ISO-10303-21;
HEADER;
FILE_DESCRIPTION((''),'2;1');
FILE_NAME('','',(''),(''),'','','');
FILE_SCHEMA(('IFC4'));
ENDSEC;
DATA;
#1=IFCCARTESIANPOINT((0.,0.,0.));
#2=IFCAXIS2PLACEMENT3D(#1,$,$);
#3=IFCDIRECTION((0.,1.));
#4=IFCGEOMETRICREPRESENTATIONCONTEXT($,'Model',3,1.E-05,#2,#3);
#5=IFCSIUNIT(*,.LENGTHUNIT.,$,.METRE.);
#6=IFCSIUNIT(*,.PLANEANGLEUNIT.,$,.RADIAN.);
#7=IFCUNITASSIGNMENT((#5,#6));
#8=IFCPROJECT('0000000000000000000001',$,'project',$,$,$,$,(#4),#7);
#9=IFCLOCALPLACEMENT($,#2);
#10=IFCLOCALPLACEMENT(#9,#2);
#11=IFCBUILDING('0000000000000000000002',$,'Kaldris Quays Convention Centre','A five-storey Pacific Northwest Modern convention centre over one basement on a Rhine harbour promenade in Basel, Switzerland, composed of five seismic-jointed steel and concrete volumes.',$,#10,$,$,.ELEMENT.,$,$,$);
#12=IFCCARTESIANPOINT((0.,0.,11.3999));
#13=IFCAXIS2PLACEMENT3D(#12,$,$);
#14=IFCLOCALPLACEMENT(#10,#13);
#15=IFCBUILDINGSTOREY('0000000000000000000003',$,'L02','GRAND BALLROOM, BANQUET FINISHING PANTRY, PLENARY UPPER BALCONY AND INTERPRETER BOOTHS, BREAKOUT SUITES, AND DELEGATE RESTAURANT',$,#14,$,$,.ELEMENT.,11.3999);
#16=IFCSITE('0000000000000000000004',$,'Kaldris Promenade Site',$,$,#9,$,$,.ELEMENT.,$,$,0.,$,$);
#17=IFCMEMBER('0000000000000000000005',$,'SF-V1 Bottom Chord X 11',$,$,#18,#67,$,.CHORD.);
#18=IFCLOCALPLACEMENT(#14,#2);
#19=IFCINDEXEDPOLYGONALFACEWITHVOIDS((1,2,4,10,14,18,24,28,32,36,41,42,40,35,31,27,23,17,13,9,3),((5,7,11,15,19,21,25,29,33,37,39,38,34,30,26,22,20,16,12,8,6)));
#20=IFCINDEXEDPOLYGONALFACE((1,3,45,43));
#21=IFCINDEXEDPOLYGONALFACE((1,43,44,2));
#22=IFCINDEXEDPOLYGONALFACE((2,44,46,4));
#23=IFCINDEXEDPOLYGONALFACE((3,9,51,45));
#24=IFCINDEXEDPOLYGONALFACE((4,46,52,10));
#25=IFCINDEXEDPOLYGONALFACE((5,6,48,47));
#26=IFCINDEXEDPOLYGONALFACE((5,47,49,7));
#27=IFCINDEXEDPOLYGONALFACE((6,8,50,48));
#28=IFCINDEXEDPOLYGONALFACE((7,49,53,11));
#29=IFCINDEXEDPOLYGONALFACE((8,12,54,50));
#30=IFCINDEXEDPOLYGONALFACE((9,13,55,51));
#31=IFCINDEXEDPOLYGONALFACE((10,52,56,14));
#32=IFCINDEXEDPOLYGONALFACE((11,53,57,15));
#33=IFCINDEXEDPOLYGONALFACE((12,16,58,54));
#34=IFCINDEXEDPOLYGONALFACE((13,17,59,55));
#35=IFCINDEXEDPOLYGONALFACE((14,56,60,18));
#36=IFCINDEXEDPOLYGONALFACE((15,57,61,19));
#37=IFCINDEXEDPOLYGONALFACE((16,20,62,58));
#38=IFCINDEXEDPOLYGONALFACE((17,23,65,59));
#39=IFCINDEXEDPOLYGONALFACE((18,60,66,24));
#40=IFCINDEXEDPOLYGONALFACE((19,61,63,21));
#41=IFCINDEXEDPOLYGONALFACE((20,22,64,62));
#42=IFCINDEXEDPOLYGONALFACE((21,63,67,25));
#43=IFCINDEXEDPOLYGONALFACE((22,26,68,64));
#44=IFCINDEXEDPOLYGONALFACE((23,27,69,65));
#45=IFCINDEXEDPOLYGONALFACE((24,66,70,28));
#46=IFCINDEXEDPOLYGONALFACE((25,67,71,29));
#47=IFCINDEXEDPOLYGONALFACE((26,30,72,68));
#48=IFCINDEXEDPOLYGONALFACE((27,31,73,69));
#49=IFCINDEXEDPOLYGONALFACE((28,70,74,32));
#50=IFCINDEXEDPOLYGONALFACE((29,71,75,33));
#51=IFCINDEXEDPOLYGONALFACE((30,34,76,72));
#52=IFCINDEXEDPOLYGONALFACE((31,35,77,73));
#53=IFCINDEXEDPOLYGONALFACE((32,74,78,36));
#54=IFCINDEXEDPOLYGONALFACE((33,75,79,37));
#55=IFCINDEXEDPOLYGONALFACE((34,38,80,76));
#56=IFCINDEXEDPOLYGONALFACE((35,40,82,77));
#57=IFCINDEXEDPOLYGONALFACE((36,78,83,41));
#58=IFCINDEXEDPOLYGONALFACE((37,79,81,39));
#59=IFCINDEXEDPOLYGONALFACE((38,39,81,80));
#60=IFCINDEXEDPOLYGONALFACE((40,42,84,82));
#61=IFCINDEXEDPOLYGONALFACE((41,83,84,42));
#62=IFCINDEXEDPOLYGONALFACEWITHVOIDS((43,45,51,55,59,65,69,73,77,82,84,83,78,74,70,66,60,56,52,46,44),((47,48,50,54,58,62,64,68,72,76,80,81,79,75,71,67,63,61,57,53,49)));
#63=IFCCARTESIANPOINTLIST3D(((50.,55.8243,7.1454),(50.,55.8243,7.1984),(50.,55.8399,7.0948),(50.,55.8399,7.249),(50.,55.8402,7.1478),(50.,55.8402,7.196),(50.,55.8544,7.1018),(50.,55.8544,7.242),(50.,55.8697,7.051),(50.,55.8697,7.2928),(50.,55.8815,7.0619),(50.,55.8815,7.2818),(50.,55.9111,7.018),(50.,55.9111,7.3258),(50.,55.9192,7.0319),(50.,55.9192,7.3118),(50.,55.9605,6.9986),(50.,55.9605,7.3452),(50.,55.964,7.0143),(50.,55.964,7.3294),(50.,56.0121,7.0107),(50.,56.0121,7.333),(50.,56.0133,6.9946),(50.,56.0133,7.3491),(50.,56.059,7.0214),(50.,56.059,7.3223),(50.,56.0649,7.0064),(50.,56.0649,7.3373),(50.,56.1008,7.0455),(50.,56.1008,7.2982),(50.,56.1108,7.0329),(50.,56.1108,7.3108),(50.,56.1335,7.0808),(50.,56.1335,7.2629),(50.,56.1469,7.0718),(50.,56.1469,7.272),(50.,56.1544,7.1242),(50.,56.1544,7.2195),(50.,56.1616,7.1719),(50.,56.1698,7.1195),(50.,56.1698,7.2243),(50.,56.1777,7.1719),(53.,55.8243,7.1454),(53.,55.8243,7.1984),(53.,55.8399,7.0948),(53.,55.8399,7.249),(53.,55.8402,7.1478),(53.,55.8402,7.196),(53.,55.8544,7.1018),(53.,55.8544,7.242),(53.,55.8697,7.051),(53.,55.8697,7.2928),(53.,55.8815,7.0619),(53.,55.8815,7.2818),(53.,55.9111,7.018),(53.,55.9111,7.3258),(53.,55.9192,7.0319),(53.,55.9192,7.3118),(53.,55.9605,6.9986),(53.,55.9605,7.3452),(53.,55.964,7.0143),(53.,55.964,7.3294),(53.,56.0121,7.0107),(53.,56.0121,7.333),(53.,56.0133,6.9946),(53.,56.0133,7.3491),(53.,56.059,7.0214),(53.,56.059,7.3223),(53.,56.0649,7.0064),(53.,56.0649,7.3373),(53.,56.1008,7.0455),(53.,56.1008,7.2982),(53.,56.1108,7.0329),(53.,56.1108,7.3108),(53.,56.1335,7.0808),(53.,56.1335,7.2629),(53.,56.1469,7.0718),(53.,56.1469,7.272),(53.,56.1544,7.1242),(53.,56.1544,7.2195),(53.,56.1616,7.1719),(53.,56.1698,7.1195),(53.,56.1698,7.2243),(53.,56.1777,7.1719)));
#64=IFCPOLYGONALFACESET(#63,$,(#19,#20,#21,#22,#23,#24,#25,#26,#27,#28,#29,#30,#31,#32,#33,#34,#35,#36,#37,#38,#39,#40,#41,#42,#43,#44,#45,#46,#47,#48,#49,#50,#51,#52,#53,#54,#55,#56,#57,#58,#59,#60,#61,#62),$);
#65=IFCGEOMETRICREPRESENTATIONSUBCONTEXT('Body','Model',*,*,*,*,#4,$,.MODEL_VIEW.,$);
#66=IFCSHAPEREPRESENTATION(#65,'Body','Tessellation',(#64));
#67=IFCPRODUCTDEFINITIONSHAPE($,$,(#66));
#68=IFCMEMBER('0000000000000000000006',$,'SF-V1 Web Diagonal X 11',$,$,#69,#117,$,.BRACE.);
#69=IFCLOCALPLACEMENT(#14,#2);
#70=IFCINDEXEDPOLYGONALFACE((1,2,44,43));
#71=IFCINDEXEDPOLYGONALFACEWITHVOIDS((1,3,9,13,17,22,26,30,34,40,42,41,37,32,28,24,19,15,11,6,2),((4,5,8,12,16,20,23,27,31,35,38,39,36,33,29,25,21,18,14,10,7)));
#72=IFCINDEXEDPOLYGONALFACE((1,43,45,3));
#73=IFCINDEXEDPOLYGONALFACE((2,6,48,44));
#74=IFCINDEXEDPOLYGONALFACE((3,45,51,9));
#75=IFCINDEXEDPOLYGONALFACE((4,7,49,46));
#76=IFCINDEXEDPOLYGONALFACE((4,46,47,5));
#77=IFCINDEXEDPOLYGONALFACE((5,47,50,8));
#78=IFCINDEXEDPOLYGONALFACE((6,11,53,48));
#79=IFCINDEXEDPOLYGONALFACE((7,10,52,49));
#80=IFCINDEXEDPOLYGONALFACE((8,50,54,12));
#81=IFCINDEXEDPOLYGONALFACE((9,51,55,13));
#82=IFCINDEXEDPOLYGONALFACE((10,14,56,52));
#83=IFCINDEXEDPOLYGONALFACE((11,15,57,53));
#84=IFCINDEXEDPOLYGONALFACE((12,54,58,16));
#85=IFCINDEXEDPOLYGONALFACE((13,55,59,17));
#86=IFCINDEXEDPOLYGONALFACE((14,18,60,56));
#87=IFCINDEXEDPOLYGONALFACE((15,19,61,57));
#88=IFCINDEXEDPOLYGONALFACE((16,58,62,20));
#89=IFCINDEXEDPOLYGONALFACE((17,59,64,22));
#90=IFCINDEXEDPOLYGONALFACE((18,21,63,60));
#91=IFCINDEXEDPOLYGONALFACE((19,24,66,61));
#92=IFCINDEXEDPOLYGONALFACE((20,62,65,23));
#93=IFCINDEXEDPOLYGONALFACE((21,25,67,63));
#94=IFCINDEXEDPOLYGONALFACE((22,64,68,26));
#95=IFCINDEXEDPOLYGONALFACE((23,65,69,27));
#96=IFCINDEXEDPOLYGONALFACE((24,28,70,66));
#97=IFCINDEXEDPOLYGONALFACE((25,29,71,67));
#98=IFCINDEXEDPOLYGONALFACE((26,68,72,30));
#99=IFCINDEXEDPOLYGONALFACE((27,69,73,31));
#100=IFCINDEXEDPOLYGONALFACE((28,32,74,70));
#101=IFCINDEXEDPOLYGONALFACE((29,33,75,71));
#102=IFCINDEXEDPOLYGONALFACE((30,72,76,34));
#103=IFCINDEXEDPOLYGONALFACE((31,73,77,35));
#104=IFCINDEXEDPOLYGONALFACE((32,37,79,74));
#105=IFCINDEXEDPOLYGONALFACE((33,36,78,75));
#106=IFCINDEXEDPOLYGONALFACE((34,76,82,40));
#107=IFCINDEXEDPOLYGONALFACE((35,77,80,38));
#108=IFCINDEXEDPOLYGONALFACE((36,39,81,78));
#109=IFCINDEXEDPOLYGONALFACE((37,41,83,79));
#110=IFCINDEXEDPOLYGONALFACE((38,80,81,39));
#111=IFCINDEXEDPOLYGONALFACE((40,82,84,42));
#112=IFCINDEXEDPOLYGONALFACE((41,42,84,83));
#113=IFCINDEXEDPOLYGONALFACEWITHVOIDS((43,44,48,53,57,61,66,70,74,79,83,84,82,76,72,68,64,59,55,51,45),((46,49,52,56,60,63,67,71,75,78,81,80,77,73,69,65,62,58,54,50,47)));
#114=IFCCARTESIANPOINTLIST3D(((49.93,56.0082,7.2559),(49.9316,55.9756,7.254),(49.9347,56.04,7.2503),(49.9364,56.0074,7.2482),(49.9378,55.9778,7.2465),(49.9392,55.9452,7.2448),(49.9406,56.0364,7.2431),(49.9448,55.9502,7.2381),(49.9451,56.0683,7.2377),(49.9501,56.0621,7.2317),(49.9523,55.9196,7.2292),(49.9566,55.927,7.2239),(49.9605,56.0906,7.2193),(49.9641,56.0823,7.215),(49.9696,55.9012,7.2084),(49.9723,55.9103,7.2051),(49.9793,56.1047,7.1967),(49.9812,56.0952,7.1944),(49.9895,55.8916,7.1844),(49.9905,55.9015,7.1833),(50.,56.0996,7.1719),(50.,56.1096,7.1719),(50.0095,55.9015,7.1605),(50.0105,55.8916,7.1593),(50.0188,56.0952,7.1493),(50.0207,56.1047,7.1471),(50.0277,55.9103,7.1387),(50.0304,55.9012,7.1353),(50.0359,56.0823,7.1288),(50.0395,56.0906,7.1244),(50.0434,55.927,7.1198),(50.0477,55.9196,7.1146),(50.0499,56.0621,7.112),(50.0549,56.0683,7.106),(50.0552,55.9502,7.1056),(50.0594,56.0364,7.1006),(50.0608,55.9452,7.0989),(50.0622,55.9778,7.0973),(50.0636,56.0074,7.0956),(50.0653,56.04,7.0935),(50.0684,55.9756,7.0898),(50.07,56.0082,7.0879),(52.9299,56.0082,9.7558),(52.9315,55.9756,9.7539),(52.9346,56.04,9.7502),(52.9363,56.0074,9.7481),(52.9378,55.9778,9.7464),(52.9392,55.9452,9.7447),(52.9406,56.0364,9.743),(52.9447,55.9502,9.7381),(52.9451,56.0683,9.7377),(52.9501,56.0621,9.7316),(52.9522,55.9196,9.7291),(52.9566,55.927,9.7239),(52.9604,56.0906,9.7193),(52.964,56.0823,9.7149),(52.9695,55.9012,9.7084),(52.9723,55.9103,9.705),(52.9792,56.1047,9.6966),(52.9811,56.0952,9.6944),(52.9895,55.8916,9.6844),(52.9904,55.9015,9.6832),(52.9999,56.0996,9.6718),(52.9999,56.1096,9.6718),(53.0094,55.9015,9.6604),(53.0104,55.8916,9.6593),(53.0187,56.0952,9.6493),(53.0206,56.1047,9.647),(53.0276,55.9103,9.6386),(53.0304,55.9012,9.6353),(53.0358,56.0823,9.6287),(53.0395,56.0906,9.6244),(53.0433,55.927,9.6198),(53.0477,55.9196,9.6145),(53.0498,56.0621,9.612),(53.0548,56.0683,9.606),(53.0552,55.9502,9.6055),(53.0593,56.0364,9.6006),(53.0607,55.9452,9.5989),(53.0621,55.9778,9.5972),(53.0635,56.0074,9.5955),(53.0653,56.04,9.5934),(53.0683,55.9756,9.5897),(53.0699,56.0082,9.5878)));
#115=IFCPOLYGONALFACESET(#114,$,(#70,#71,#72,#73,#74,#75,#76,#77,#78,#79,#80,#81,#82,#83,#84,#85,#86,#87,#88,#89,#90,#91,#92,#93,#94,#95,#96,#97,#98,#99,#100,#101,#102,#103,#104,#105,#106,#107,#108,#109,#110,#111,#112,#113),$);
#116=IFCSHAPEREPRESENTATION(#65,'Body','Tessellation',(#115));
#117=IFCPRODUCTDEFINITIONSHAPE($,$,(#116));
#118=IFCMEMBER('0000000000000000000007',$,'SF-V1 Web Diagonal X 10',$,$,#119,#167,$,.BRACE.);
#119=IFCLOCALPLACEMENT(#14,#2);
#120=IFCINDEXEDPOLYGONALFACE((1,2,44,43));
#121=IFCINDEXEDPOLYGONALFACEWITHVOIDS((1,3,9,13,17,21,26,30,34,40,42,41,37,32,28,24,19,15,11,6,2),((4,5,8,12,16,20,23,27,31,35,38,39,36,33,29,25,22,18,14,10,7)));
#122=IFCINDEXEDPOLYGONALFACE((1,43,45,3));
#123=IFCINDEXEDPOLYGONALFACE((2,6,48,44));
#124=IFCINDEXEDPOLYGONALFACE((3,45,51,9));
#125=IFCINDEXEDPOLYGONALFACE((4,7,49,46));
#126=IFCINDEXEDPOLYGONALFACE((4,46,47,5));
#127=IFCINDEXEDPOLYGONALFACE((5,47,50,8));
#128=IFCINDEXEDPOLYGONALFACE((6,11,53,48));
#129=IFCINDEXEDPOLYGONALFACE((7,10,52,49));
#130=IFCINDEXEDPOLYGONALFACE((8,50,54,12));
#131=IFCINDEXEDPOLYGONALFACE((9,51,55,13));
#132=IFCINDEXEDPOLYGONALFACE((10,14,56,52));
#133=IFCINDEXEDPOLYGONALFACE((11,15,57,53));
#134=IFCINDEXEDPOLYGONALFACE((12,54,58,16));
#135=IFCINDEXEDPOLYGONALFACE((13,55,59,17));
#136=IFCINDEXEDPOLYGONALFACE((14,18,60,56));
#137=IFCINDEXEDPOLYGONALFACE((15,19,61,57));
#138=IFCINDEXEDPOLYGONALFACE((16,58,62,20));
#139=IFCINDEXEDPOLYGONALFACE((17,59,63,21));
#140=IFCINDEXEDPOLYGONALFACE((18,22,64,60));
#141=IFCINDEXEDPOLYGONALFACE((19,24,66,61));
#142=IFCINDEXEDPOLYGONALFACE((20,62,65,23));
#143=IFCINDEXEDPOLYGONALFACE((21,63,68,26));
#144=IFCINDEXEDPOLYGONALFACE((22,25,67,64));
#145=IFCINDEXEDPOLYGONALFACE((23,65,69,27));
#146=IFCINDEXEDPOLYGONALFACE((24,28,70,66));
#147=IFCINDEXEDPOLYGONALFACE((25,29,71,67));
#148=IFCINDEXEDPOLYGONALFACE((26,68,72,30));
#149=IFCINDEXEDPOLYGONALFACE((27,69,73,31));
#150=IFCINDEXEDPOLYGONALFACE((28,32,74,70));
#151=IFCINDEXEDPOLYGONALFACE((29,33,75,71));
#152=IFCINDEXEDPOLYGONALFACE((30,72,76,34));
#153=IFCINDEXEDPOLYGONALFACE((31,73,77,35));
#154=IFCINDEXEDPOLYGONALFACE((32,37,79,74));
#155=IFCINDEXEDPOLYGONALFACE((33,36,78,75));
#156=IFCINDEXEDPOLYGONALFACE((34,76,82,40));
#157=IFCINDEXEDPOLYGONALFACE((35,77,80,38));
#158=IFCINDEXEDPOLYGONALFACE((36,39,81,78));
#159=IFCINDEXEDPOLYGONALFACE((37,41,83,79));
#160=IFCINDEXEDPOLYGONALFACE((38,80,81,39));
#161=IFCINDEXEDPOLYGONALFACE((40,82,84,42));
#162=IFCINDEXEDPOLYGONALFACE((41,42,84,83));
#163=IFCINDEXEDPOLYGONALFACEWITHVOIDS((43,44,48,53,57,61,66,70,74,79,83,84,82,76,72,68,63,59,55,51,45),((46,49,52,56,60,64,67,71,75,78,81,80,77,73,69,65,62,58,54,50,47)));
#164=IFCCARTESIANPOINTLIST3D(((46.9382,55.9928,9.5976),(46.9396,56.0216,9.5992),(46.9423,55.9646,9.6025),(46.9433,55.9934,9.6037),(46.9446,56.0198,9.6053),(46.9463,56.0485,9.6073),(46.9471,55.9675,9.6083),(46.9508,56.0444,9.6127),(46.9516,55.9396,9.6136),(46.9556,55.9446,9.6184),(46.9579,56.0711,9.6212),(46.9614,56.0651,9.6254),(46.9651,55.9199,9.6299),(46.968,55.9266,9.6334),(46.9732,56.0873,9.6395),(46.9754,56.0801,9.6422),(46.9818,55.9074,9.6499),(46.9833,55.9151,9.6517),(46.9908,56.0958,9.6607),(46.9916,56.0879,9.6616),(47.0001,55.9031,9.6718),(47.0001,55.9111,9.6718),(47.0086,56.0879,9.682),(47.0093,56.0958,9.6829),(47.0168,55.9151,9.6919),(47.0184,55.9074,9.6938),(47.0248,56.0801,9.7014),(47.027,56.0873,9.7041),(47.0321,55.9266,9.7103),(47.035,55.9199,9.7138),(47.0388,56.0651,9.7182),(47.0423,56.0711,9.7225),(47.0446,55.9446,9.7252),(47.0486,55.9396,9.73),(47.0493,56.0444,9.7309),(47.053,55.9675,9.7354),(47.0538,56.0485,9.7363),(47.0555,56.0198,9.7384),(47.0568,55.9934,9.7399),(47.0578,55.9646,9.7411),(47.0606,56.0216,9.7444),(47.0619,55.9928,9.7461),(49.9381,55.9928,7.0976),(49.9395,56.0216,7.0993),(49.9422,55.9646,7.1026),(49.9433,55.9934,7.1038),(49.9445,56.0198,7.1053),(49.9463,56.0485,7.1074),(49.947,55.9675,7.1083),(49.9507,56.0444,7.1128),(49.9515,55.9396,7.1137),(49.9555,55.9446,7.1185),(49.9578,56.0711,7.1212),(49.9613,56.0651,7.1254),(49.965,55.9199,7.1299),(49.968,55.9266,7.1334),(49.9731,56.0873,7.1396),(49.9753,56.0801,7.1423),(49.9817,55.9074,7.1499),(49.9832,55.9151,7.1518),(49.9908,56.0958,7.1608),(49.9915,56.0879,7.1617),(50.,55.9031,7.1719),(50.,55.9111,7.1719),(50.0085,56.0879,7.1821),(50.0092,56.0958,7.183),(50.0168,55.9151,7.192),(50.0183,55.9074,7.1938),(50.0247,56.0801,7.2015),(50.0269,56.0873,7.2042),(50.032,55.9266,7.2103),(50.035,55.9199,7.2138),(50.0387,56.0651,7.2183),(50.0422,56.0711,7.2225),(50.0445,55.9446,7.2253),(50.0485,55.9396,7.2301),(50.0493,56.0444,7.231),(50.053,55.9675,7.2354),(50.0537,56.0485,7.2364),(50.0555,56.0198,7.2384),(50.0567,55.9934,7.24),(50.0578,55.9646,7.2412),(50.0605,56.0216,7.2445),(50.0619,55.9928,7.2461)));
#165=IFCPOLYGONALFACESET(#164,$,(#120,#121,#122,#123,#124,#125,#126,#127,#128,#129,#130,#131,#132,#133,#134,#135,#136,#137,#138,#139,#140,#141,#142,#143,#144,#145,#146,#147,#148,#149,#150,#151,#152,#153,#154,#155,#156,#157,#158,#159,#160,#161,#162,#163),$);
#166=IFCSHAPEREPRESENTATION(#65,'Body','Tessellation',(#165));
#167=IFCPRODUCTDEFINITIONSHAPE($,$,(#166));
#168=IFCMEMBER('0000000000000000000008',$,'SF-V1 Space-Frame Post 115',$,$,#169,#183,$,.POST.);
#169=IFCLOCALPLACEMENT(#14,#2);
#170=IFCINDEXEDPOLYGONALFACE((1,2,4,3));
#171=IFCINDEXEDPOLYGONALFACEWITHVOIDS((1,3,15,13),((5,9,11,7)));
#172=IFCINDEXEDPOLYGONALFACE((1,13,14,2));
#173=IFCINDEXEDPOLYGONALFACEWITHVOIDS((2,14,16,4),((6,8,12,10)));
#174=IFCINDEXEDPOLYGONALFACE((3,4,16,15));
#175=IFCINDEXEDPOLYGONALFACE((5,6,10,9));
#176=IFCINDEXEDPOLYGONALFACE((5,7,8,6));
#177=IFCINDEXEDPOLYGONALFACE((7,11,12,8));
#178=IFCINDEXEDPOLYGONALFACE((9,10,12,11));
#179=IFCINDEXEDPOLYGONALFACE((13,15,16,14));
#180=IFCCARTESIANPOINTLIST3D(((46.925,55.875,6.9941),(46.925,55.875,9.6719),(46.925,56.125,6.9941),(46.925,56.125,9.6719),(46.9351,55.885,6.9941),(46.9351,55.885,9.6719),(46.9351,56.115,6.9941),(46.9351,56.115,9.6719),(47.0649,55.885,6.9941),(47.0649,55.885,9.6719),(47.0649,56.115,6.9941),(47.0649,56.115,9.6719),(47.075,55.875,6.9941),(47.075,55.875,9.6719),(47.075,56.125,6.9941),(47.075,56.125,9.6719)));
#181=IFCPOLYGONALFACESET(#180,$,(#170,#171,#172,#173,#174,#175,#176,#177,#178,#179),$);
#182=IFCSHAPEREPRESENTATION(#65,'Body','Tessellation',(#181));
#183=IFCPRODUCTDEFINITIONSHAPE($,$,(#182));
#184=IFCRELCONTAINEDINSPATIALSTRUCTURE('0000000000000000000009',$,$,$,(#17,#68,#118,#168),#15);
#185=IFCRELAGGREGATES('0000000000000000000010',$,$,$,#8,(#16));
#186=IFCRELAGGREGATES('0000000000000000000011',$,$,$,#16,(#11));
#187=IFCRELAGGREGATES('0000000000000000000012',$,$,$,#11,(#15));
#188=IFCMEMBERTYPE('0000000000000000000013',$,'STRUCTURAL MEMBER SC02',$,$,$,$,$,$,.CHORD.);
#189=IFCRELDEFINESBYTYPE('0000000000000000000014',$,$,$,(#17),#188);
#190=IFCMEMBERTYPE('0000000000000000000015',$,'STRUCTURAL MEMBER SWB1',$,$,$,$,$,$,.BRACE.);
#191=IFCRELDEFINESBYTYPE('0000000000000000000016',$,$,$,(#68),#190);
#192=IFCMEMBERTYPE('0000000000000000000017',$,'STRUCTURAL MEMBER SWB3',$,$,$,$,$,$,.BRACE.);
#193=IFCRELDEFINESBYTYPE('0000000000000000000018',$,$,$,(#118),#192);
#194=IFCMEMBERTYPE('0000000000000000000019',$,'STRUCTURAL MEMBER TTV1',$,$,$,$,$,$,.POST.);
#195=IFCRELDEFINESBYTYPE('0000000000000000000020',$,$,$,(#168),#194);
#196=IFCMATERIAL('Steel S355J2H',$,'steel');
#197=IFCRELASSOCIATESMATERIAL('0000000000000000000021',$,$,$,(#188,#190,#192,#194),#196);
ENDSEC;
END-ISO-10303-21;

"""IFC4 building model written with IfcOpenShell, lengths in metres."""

from ifc_helpers import new_model, si_unit, direction, frame, origin, origin_2d, place, context, subcontext, project, spatial, hollow_rectangle, hollow_circle, extrude, material, material_profile, profile_set, type_object, element, save


model = new_model("IFC4")

# Units and contexts
model_context = context("Model", 3, precision=1e-05, world=origin(), true_north=direction((0.0, 1.0)))
body_context = subcontext(model_context, "Body", "Model", "MODEL_VIEW")
ifc_project = project(units=[si_unit("LENGTHUNIT", "METRE"), si_unit("PLANEANGLEUNIT", "RADIAN")], contexts=[model_context])

# Site, building, storey
site_placement = place(None, origin())
site = spatial("IfcSite", under=ifc_project, at=site_placement, Name="Kaldris Promenade Site", CompositionType="ELEMENT", RefElevation=0.0)
building_placement = place(site_placement, origin())
building = spatial("IfcBuilding", under=site, at=building_placement, Name="Kaldris Quays Convention Centre", Description="A five-storey Pacific Northwest Modern convention centre over one basement on a Rhine harbour promenade in Basel, Switzerland, composed of five seismic-jointed steel and concrete volumes.", CompositionType="ELEMENT")
storey_placement = place(building_placement, frame((0.0, 0.0, 11.3999)))
storey = spatial("IfcBuildingStorey", under=building, at=storey_placement, Name="L02", Description="GRAND BALLROOM, BANQUET FINISHING PANTRY, PLENARY UPPER BALCONY AND INTERPRETER BOOTHS, BREAKOUT SUITES, AND DELEGATE RESTAURANT", CompositionType="ELEMENT", Elevation=11.3999)

# Members
ifc_material_1 = material(Name="Steel S355J2H", Category="steel")
ifc_material_profile_1 = material_profile(ifc_material_1, hollow_circle(Radius=0.1777, WallThickness=0.0161, at=origin_2d()), Name="CHS 355.6x16")
ifc_profile_set_1 = profile_set([ifc_material_profile_1], Name="Steel S355J2H")
member_type_1 = type_object("IfcMemberType", Name="STRUCTURAL MEMBER SC02", PredefinedType="CHORD", material=ifc_profile_set_1)
for number, where, z_axis, x_axis, name in (
    (1, (50.0, 56.0, 7.1719), (1.0, 0.0, 0.0), (0.0, 1.0, 0.0), "SF-V1 Bottom Chord X 11"),
):
    element("IfcMember", number, at=place(storey_placement, frame(where, z_axis=z_axis, x_axis=x_axis)), inside=storey, type_object=member_type_1, Name=name, PredefinedType="CHORD", context=body_context, shape_type="SweptSolid", body=[
        extrude(hollow_circle(Radius=0.1777, WallThickness=0.0161, at=origin_2d()), origin(), (0.0, 0.0, 1.0), 3.0),
    ])
ifc_material_profile_2 = material_profile(ifc_material_1, hollow_circle(Radius=0.1096, WallThickness=0.01, at=origin_2d()), Name="CHS 219.1x10")
ifc_profile_set_2 = profile_set([ifc_material_profile_2], Name="Steel S355J2H")
member_type_2 = type_object("IfcMemberType", Name="STRUCTURAL MEMBER SWB1", PredefinedType="BRACE", material=ifc_profile_set_2)
member_1_placement = place(storey_placement, frame((50.0, 56.0, 7.1719), z_axis=(0.768221, 0.0, 0.640184), x_axis=(0.0, 1.0, 0.0)))
element("IfcMember", 2, at=member_1_placement, inside=storey, type_object=member_type_2, Name="SF-V1 Web Diagonal X 11", PredefinedType="BRACE", context=body_context, shape_type="SweptSolid", body=[
    extrude(hollow_circle(Radius=0.1096, WallThickness=0.01, at=origin_2d()), origin(), (0.0, 0.0, 1.0), 3.905),
])
ifc_material_profile_3 = material_profile(ifc_material_1, hollow_circle(Radius=0.0969, WallThickness=0.0081, at=origin_2d()), Name="CHS 193.7x8")
ifc_profile_set_3 = profile_set([ifc_material_profile_3], Name="Steel S355J2H")
member_type_3 = type_object("IfcMemberType", Name="STRUCTURAL MEMBER SWB3", PredefinedType="BRACE", material=ifc_profile_set_3)
member_2_placement = place(storey_placement, frame((50.0, 56.0, 7.1719), z_axis=(-0.768221, 0.0, 0.640184), x_axis=(0.0, -1.0, 0.0)))
element("IfcMember", 3, at=member_2_placement, inside=storey, type_object=member_type_3, Name="SF-V1 Web Diagonal X 10", PredefinedType="BRACE", context=body_context, shape_type="SweptSolid", body=[
    extrude(hollow_circle(Radius=0.0969, WallThickness=0.0081, at=origin_2d()), origin(), (0.0, 0.0, 1.0), 3.905),
])
ifc_material_profile_4 = material_profile(ifc_material_1, hollow_rectangle(XDim=0.1499, YDim=0.25, WallThickness=0.01, at=origin_2d()), Name="RHS 250x150x10")
ifc_profile_set_4 = profile_set([ifc_material_profile_4], Name="Steel S355J2H")
member_type_4 = type_object("IfcMemberType", Name="STRUCTURAL MEMBER TTV1", PredefinedType="POST", material=ifc_profile_set_4)
member_3_placement = place(storey_placement, frame((47.0, 56.0, 6.9941), z_axis=(0.0, 0.0, 1.0), x_axis=(1.0, 0.0, 0.0)))
element("IfcMember", 4, at=member_3_placement, inside=storey, type_object=member_type_4, Name="SF-V1 Space-Frame Post 115", PredefinedType="POST", context=body_context, shape_type="SweptSolid", body=[
    extrude(hollow_rectangle(XDim=0.1499, YDim=0.25, WallThickness=0.01, at=origin_2d()), origin(), (0.0, 0.0, 1.0), 2.6777),
])

save(model, "model.ifc")
